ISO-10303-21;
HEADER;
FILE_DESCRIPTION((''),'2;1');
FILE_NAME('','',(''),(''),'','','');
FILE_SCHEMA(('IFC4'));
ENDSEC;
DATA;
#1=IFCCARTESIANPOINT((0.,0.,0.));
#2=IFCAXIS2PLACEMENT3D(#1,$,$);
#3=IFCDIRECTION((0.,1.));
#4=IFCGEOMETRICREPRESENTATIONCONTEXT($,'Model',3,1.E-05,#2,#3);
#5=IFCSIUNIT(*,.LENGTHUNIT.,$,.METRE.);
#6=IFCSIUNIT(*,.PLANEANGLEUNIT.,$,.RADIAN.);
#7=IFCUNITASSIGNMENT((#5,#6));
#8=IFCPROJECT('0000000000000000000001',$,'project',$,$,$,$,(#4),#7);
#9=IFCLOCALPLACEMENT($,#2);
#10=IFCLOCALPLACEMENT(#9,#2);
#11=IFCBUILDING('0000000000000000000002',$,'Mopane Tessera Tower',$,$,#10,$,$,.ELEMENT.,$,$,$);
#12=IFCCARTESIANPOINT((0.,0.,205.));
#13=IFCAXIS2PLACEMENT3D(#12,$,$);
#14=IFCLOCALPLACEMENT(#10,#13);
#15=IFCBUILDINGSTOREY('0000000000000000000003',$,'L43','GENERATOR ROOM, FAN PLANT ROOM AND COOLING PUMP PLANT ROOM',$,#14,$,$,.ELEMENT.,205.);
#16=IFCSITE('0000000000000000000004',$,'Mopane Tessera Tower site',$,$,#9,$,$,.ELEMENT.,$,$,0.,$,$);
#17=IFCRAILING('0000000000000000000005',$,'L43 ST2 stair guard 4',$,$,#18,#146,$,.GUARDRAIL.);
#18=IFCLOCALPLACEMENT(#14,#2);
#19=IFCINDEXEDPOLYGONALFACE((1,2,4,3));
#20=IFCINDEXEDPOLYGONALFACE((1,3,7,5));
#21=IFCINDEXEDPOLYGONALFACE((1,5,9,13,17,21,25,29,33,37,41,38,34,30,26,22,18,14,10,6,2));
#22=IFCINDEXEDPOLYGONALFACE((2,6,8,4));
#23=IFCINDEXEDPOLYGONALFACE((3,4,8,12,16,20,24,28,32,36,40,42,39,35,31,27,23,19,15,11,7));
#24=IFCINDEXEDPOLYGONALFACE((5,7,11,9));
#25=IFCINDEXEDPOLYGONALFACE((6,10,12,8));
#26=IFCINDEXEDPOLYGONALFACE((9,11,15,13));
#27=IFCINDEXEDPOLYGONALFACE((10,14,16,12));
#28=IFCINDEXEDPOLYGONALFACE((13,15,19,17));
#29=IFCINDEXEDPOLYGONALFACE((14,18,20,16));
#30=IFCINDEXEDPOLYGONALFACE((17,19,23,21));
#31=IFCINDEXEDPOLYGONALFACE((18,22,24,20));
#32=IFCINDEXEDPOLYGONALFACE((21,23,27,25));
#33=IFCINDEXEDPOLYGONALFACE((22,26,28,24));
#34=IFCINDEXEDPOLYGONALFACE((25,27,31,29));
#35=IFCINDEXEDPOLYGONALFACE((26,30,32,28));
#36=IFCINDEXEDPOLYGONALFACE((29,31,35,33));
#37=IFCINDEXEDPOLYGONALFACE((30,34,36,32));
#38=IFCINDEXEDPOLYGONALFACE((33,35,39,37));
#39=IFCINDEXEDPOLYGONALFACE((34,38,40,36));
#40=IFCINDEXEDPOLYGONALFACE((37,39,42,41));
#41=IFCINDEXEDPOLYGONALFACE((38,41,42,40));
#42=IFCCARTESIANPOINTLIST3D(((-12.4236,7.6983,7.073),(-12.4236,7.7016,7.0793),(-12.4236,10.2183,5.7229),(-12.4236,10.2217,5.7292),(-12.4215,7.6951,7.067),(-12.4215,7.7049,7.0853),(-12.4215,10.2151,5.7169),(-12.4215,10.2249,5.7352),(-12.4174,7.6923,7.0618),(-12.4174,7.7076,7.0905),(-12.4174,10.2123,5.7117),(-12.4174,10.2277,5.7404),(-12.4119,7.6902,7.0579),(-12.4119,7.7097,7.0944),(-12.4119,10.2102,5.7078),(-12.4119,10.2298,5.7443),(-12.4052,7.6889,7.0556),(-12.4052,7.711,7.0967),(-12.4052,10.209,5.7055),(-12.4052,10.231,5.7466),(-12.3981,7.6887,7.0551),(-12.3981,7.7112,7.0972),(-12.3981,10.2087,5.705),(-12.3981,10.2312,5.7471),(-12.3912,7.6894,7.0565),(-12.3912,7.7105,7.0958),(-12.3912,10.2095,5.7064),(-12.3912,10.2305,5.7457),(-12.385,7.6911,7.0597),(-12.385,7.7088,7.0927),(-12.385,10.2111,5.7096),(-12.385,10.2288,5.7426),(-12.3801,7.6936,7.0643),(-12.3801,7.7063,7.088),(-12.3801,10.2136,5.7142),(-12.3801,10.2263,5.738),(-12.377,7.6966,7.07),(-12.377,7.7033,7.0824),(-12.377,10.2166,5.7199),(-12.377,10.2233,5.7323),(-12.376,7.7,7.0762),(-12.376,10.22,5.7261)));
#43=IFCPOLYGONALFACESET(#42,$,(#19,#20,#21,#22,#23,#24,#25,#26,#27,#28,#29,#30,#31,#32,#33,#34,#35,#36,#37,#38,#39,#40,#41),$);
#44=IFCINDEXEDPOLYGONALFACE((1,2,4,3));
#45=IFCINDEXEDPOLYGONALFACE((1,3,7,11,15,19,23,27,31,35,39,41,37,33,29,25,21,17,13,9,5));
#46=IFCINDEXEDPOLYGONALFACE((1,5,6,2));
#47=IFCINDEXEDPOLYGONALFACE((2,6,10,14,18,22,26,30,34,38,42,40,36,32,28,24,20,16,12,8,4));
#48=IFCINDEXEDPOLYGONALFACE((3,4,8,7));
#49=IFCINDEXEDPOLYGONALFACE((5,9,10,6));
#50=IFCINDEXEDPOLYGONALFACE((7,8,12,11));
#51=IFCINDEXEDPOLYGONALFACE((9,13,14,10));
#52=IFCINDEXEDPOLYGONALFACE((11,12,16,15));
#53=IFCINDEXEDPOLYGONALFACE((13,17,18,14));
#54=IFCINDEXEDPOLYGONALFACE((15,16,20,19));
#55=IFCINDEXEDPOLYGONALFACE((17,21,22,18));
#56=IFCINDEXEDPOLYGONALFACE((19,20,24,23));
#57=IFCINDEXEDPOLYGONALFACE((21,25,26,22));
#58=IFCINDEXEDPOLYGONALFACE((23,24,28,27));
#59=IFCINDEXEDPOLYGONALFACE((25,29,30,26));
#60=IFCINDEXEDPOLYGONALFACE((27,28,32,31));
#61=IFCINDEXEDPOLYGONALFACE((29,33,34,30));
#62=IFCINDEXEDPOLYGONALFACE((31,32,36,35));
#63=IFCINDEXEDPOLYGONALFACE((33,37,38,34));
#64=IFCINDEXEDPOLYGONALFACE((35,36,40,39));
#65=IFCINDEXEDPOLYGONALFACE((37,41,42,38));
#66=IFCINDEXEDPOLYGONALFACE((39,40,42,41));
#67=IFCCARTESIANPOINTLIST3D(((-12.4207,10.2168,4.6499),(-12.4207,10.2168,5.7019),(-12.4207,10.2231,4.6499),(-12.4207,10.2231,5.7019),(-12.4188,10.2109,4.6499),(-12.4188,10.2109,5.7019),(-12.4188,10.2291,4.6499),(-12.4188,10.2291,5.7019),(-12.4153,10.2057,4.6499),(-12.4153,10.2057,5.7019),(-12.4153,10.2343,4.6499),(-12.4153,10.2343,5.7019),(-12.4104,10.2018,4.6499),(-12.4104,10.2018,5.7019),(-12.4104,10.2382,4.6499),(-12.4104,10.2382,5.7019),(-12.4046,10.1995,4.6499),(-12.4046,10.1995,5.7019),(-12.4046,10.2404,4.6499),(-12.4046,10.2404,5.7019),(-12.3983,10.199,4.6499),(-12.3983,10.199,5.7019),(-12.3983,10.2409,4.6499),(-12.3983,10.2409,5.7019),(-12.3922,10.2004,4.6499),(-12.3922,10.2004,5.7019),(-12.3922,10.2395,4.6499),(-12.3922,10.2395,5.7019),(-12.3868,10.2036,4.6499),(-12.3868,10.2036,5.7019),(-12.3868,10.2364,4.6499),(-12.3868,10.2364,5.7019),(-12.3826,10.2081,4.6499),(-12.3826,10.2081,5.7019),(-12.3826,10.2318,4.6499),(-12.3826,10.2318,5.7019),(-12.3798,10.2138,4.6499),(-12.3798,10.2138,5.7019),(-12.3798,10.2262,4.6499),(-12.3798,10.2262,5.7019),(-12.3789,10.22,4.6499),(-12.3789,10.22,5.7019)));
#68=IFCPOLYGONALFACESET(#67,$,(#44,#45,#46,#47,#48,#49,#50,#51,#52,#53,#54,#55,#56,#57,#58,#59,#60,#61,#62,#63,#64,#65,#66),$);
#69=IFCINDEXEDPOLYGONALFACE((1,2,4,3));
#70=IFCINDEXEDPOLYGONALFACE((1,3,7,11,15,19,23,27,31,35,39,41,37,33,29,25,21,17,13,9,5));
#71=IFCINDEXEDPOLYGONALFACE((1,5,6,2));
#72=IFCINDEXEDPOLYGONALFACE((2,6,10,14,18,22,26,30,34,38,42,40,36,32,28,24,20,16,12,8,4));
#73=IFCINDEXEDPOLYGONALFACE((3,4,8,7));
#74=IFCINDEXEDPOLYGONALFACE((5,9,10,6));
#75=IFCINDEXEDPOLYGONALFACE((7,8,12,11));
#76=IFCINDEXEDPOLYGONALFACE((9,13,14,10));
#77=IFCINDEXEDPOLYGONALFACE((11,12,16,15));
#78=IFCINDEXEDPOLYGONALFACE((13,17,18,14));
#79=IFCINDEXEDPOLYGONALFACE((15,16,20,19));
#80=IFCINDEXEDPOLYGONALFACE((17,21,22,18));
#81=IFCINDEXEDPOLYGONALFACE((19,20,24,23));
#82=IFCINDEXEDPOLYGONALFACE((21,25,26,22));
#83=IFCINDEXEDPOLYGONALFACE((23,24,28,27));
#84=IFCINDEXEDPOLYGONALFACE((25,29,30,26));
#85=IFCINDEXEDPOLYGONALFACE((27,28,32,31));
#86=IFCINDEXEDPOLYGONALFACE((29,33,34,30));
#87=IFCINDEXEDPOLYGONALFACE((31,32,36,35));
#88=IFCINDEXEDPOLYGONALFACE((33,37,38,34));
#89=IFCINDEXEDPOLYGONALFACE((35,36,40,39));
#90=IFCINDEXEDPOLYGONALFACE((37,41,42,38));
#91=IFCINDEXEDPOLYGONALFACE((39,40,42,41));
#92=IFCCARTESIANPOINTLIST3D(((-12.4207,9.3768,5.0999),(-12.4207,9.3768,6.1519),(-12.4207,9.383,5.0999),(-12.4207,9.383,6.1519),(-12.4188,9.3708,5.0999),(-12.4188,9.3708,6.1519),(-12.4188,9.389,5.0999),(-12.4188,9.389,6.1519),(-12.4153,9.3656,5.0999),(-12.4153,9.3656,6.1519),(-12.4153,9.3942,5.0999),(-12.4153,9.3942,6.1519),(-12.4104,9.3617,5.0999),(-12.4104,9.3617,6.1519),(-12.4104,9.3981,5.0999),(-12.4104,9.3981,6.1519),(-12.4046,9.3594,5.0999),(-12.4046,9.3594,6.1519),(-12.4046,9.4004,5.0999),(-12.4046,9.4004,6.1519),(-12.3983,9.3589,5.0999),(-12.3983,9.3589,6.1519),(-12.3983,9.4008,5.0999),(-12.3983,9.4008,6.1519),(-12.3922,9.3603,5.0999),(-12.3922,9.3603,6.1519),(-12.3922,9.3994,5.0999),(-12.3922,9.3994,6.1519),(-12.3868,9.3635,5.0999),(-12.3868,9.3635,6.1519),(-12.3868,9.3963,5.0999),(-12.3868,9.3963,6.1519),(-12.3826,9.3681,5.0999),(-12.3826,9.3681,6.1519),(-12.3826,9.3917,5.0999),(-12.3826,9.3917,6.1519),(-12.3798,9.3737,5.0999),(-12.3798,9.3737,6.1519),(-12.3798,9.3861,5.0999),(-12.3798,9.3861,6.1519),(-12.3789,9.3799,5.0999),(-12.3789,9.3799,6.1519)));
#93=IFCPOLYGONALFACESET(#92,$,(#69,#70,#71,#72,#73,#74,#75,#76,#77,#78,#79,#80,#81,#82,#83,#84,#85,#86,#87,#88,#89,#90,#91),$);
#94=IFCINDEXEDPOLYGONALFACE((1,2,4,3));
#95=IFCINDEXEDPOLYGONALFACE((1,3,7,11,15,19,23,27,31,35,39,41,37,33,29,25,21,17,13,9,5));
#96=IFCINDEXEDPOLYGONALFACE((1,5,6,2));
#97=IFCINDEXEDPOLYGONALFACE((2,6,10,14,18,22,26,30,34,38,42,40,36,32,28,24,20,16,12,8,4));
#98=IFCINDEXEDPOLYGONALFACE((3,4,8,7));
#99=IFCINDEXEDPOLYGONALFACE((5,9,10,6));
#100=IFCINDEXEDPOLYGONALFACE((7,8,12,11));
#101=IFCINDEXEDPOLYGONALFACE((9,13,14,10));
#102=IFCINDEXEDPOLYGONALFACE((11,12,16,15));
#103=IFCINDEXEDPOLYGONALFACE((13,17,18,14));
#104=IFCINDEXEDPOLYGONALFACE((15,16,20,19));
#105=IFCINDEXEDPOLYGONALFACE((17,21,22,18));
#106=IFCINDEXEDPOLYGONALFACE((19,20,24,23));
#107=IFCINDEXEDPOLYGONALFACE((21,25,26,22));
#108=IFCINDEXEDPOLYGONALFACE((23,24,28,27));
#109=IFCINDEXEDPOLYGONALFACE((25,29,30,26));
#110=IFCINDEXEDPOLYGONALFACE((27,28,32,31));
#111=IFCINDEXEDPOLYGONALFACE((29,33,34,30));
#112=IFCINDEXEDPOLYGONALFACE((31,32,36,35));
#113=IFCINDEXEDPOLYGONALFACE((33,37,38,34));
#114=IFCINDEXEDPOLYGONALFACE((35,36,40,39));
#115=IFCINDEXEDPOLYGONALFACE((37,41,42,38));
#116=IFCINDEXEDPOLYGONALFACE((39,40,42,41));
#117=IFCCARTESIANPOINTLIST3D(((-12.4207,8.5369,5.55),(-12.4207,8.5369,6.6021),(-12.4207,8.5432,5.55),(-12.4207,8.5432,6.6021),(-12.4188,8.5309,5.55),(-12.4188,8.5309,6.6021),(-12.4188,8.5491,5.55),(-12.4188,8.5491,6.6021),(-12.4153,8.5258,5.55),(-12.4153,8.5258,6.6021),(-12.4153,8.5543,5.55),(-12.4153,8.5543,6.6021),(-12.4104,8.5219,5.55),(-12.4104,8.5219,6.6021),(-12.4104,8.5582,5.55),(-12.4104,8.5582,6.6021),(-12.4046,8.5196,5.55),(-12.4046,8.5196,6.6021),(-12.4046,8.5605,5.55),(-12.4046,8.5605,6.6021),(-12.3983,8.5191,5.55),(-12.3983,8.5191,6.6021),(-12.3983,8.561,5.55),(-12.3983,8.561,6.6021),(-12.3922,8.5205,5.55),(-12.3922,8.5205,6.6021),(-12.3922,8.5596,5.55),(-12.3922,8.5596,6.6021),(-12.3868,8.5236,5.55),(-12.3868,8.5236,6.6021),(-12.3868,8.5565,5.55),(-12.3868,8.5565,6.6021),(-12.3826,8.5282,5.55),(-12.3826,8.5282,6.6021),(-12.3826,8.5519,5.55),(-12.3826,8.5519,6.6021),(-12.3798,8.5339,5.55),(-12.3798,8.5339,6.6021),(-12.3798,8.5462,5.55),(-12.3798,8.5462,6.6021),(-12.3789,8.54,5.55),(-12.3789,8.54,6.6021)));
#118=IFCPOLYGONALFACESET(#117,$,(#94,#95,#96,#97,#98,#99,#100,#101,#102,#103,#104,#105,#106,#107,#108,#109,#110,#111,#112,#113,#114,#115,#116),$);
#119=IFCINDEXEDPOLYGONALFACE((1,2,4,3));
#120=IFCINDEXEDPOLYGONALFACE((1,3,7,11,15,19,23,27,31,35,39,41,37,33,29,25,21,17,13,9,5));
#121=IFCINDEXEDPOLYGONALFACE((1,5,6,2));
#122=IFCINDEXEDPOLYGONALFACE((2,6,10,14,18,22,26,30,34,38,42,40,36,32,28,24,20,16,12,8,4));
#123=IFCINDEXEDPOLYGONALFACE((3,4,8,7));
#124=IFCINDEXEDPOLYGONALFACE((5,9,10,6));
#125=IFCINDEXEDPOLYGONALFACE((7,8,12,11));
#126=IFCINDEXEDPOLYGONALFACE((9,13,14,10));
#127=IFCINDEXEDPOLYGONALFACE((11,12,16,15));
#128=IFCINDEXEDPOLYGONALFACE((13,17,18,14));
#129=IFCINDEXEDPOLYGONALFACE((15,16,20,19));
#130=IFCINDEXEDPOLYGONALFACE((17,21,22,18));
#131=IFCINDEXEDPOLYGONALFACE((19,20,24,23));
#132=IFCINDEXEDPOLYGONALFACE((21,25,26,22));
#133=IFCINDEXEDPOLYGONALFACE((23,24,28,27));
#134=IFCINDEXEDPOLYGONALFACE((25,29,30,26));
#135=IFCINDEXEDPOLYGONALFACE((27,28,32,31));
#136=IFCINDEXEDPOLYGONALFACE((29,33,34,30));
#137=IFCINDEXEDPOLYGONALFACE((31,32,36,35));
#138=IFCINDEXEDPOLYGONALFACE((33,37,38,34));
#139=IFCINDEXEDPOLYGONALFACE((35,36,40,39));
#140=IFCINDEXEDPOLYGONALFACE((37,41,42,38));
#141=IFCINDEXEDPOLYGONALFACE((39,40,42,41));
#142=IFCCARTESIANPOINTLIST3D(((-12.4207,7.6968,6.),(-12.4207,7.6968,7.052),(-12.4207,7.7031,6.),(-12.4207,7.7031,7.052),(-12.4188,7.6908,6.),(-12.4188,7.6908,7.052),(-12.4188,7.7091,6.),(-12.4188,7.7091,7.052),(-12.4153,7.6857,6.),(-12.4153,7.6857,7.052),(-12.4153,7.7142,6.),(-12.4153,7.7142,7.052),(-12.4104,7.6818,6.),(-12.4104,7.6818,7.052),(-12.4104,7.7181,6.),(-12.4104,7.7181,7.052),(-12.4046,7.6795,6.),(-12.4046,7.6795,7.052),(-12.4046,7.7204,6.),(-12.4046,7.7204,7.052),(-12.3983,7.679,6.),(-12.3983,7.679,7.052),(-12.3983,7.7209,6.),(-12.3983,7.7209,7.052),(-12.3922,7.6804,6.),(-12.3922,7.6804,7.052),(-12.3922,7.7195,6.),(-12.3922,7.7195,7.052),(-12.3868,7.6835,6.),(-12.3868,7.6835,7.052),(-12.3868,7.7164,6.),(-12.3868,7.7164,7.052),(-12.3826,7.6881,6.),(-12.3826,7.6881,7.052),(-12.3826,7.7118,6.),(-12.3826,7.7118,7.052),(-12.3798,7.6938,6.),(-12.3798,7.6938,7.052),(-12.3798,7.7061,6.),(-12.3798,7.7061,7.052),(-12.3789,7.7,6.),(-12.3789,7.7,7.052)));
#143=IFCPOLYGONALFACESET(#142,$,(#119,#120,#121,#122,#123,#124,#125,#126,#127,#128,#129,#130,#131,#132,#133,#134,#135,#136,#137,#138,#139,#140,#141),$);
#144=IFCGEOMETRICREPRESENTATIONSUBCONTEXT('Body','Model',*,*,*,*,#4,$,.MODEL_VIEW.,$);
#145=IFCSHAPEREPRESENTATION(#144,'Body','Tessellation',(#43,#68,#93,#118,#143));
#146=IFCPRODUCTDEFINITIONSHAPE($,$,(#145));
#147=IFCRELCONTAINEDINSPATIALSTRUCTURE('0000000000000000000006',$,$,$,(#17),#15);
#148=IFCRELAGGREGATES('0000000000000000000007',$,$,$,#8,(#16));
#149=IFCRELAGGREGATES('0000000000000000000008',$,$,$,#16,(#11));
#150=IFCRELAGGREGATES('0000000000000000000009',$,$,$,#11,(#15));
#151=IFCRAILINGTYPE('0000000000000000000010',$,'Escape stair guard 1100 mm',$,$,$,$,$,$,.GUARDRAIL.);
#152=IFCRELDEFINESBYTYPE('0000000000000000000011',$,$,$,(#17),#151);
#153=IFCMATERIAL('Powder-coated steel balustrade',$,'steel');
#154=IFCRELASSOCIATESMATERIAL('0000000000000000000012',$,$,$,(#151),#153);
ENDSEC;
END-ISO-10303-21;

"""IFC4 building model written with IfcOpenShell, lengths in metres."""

from ifc_helpers import new_model, si_unit, direction, frame, origin, origin_2d, place, context, subcontext, project, spatial, circle, extrude, material, type_object, element, save


model = new_model("IFC4")

# Units and contexts
model_context = context("Model", 3, precision=1e-05, world=origin(), true_north=direction((0.0, 1.0)))
body_context = subcontext(model_context, "Body", "Model", "MODEL_VIEW")
ifc_project = project(units=[si_unit("LENGTHUNIT", "METRE"), si_unit("PLANEANGLEUNIT", "RADIAN")], contexts=[model_context])

# Site, building, storey
site_placement = place(None, origin())
site = spatial("IfcSite", under=ifc_project, at=site_placement, Name="Mopane Tessera Tower site", CompositionType="ELEMENT", RefElevation=0.0)
building_placement = place(site_placement, origin())
building = spatial("IfcBuilding", under=site, at=building_placement, Name="Mopane Tessera Tower", CompositionType="ELEMENT")
storey_placement = place(building_placement, frame((0.0, 0.0, 205.0)))
storey = spatial("IfcBuildingStorey", under=building, at=storey_placement, Name="L43", Description="GENERATOR ROOM, FAN PLANT ROOM AND COOLING PUMP PLANT ROOM", CompositionType="ELEMENT", Elevation=205.0)

# Railing
ifc_material_1 = material(Name="Powder-coated steel balustrade", Category="steel")
railing_type_1 = type_object("IfcRailingType", Name="Escape stair guard 1100 mm", PredefinedType="GUARDRAIL", material=ifc_material_1)
railing_1_placement = place(storey_placement, frame((-12.3999, 10.22, 4.6499)))
element("IfcRailing", 1, at=railing_1_placement, inside=storey, type_object=railing_type_1, Name="L43 ST2 stair guard 4", PredefinedType="GUARDRAIL", context=body_context, shape_type="SweptSolid", body=[
    extrude(circle(Radius=0.0239, at=origin_2d()), frame((0.0, 0.0, 1.0762), z_axis=(0.0, -0.881467, 0.472245), x_axis=(1.0, 0.0, 0.0)), (0.0, 0.0, 1.0), 2.8589),
    extrude(circle(Radius=0.021, at=origin_2d()), origin(), (0.0, 0.0, 1.0), 1.052),
    extrude(circle(Radius=0.021, at=origin_2d()), frame((0.0, -0.8401, 0.45)), (0.0, 0.0, 1.0), 1.052),
    extrude(circle(Radius=0.021, at=origin_2d()), frame((0.0, -1.6799, 0.9001)), (0.0, 0.0, 1.0), 1.052),
    extrude(circle(Radius=0.021, at=origin_2d()), frame((0.0, -2.52, 1.3501)), (0.0, 0.0, 1.0), 1.052),
])

save(model, "model.ifc")
